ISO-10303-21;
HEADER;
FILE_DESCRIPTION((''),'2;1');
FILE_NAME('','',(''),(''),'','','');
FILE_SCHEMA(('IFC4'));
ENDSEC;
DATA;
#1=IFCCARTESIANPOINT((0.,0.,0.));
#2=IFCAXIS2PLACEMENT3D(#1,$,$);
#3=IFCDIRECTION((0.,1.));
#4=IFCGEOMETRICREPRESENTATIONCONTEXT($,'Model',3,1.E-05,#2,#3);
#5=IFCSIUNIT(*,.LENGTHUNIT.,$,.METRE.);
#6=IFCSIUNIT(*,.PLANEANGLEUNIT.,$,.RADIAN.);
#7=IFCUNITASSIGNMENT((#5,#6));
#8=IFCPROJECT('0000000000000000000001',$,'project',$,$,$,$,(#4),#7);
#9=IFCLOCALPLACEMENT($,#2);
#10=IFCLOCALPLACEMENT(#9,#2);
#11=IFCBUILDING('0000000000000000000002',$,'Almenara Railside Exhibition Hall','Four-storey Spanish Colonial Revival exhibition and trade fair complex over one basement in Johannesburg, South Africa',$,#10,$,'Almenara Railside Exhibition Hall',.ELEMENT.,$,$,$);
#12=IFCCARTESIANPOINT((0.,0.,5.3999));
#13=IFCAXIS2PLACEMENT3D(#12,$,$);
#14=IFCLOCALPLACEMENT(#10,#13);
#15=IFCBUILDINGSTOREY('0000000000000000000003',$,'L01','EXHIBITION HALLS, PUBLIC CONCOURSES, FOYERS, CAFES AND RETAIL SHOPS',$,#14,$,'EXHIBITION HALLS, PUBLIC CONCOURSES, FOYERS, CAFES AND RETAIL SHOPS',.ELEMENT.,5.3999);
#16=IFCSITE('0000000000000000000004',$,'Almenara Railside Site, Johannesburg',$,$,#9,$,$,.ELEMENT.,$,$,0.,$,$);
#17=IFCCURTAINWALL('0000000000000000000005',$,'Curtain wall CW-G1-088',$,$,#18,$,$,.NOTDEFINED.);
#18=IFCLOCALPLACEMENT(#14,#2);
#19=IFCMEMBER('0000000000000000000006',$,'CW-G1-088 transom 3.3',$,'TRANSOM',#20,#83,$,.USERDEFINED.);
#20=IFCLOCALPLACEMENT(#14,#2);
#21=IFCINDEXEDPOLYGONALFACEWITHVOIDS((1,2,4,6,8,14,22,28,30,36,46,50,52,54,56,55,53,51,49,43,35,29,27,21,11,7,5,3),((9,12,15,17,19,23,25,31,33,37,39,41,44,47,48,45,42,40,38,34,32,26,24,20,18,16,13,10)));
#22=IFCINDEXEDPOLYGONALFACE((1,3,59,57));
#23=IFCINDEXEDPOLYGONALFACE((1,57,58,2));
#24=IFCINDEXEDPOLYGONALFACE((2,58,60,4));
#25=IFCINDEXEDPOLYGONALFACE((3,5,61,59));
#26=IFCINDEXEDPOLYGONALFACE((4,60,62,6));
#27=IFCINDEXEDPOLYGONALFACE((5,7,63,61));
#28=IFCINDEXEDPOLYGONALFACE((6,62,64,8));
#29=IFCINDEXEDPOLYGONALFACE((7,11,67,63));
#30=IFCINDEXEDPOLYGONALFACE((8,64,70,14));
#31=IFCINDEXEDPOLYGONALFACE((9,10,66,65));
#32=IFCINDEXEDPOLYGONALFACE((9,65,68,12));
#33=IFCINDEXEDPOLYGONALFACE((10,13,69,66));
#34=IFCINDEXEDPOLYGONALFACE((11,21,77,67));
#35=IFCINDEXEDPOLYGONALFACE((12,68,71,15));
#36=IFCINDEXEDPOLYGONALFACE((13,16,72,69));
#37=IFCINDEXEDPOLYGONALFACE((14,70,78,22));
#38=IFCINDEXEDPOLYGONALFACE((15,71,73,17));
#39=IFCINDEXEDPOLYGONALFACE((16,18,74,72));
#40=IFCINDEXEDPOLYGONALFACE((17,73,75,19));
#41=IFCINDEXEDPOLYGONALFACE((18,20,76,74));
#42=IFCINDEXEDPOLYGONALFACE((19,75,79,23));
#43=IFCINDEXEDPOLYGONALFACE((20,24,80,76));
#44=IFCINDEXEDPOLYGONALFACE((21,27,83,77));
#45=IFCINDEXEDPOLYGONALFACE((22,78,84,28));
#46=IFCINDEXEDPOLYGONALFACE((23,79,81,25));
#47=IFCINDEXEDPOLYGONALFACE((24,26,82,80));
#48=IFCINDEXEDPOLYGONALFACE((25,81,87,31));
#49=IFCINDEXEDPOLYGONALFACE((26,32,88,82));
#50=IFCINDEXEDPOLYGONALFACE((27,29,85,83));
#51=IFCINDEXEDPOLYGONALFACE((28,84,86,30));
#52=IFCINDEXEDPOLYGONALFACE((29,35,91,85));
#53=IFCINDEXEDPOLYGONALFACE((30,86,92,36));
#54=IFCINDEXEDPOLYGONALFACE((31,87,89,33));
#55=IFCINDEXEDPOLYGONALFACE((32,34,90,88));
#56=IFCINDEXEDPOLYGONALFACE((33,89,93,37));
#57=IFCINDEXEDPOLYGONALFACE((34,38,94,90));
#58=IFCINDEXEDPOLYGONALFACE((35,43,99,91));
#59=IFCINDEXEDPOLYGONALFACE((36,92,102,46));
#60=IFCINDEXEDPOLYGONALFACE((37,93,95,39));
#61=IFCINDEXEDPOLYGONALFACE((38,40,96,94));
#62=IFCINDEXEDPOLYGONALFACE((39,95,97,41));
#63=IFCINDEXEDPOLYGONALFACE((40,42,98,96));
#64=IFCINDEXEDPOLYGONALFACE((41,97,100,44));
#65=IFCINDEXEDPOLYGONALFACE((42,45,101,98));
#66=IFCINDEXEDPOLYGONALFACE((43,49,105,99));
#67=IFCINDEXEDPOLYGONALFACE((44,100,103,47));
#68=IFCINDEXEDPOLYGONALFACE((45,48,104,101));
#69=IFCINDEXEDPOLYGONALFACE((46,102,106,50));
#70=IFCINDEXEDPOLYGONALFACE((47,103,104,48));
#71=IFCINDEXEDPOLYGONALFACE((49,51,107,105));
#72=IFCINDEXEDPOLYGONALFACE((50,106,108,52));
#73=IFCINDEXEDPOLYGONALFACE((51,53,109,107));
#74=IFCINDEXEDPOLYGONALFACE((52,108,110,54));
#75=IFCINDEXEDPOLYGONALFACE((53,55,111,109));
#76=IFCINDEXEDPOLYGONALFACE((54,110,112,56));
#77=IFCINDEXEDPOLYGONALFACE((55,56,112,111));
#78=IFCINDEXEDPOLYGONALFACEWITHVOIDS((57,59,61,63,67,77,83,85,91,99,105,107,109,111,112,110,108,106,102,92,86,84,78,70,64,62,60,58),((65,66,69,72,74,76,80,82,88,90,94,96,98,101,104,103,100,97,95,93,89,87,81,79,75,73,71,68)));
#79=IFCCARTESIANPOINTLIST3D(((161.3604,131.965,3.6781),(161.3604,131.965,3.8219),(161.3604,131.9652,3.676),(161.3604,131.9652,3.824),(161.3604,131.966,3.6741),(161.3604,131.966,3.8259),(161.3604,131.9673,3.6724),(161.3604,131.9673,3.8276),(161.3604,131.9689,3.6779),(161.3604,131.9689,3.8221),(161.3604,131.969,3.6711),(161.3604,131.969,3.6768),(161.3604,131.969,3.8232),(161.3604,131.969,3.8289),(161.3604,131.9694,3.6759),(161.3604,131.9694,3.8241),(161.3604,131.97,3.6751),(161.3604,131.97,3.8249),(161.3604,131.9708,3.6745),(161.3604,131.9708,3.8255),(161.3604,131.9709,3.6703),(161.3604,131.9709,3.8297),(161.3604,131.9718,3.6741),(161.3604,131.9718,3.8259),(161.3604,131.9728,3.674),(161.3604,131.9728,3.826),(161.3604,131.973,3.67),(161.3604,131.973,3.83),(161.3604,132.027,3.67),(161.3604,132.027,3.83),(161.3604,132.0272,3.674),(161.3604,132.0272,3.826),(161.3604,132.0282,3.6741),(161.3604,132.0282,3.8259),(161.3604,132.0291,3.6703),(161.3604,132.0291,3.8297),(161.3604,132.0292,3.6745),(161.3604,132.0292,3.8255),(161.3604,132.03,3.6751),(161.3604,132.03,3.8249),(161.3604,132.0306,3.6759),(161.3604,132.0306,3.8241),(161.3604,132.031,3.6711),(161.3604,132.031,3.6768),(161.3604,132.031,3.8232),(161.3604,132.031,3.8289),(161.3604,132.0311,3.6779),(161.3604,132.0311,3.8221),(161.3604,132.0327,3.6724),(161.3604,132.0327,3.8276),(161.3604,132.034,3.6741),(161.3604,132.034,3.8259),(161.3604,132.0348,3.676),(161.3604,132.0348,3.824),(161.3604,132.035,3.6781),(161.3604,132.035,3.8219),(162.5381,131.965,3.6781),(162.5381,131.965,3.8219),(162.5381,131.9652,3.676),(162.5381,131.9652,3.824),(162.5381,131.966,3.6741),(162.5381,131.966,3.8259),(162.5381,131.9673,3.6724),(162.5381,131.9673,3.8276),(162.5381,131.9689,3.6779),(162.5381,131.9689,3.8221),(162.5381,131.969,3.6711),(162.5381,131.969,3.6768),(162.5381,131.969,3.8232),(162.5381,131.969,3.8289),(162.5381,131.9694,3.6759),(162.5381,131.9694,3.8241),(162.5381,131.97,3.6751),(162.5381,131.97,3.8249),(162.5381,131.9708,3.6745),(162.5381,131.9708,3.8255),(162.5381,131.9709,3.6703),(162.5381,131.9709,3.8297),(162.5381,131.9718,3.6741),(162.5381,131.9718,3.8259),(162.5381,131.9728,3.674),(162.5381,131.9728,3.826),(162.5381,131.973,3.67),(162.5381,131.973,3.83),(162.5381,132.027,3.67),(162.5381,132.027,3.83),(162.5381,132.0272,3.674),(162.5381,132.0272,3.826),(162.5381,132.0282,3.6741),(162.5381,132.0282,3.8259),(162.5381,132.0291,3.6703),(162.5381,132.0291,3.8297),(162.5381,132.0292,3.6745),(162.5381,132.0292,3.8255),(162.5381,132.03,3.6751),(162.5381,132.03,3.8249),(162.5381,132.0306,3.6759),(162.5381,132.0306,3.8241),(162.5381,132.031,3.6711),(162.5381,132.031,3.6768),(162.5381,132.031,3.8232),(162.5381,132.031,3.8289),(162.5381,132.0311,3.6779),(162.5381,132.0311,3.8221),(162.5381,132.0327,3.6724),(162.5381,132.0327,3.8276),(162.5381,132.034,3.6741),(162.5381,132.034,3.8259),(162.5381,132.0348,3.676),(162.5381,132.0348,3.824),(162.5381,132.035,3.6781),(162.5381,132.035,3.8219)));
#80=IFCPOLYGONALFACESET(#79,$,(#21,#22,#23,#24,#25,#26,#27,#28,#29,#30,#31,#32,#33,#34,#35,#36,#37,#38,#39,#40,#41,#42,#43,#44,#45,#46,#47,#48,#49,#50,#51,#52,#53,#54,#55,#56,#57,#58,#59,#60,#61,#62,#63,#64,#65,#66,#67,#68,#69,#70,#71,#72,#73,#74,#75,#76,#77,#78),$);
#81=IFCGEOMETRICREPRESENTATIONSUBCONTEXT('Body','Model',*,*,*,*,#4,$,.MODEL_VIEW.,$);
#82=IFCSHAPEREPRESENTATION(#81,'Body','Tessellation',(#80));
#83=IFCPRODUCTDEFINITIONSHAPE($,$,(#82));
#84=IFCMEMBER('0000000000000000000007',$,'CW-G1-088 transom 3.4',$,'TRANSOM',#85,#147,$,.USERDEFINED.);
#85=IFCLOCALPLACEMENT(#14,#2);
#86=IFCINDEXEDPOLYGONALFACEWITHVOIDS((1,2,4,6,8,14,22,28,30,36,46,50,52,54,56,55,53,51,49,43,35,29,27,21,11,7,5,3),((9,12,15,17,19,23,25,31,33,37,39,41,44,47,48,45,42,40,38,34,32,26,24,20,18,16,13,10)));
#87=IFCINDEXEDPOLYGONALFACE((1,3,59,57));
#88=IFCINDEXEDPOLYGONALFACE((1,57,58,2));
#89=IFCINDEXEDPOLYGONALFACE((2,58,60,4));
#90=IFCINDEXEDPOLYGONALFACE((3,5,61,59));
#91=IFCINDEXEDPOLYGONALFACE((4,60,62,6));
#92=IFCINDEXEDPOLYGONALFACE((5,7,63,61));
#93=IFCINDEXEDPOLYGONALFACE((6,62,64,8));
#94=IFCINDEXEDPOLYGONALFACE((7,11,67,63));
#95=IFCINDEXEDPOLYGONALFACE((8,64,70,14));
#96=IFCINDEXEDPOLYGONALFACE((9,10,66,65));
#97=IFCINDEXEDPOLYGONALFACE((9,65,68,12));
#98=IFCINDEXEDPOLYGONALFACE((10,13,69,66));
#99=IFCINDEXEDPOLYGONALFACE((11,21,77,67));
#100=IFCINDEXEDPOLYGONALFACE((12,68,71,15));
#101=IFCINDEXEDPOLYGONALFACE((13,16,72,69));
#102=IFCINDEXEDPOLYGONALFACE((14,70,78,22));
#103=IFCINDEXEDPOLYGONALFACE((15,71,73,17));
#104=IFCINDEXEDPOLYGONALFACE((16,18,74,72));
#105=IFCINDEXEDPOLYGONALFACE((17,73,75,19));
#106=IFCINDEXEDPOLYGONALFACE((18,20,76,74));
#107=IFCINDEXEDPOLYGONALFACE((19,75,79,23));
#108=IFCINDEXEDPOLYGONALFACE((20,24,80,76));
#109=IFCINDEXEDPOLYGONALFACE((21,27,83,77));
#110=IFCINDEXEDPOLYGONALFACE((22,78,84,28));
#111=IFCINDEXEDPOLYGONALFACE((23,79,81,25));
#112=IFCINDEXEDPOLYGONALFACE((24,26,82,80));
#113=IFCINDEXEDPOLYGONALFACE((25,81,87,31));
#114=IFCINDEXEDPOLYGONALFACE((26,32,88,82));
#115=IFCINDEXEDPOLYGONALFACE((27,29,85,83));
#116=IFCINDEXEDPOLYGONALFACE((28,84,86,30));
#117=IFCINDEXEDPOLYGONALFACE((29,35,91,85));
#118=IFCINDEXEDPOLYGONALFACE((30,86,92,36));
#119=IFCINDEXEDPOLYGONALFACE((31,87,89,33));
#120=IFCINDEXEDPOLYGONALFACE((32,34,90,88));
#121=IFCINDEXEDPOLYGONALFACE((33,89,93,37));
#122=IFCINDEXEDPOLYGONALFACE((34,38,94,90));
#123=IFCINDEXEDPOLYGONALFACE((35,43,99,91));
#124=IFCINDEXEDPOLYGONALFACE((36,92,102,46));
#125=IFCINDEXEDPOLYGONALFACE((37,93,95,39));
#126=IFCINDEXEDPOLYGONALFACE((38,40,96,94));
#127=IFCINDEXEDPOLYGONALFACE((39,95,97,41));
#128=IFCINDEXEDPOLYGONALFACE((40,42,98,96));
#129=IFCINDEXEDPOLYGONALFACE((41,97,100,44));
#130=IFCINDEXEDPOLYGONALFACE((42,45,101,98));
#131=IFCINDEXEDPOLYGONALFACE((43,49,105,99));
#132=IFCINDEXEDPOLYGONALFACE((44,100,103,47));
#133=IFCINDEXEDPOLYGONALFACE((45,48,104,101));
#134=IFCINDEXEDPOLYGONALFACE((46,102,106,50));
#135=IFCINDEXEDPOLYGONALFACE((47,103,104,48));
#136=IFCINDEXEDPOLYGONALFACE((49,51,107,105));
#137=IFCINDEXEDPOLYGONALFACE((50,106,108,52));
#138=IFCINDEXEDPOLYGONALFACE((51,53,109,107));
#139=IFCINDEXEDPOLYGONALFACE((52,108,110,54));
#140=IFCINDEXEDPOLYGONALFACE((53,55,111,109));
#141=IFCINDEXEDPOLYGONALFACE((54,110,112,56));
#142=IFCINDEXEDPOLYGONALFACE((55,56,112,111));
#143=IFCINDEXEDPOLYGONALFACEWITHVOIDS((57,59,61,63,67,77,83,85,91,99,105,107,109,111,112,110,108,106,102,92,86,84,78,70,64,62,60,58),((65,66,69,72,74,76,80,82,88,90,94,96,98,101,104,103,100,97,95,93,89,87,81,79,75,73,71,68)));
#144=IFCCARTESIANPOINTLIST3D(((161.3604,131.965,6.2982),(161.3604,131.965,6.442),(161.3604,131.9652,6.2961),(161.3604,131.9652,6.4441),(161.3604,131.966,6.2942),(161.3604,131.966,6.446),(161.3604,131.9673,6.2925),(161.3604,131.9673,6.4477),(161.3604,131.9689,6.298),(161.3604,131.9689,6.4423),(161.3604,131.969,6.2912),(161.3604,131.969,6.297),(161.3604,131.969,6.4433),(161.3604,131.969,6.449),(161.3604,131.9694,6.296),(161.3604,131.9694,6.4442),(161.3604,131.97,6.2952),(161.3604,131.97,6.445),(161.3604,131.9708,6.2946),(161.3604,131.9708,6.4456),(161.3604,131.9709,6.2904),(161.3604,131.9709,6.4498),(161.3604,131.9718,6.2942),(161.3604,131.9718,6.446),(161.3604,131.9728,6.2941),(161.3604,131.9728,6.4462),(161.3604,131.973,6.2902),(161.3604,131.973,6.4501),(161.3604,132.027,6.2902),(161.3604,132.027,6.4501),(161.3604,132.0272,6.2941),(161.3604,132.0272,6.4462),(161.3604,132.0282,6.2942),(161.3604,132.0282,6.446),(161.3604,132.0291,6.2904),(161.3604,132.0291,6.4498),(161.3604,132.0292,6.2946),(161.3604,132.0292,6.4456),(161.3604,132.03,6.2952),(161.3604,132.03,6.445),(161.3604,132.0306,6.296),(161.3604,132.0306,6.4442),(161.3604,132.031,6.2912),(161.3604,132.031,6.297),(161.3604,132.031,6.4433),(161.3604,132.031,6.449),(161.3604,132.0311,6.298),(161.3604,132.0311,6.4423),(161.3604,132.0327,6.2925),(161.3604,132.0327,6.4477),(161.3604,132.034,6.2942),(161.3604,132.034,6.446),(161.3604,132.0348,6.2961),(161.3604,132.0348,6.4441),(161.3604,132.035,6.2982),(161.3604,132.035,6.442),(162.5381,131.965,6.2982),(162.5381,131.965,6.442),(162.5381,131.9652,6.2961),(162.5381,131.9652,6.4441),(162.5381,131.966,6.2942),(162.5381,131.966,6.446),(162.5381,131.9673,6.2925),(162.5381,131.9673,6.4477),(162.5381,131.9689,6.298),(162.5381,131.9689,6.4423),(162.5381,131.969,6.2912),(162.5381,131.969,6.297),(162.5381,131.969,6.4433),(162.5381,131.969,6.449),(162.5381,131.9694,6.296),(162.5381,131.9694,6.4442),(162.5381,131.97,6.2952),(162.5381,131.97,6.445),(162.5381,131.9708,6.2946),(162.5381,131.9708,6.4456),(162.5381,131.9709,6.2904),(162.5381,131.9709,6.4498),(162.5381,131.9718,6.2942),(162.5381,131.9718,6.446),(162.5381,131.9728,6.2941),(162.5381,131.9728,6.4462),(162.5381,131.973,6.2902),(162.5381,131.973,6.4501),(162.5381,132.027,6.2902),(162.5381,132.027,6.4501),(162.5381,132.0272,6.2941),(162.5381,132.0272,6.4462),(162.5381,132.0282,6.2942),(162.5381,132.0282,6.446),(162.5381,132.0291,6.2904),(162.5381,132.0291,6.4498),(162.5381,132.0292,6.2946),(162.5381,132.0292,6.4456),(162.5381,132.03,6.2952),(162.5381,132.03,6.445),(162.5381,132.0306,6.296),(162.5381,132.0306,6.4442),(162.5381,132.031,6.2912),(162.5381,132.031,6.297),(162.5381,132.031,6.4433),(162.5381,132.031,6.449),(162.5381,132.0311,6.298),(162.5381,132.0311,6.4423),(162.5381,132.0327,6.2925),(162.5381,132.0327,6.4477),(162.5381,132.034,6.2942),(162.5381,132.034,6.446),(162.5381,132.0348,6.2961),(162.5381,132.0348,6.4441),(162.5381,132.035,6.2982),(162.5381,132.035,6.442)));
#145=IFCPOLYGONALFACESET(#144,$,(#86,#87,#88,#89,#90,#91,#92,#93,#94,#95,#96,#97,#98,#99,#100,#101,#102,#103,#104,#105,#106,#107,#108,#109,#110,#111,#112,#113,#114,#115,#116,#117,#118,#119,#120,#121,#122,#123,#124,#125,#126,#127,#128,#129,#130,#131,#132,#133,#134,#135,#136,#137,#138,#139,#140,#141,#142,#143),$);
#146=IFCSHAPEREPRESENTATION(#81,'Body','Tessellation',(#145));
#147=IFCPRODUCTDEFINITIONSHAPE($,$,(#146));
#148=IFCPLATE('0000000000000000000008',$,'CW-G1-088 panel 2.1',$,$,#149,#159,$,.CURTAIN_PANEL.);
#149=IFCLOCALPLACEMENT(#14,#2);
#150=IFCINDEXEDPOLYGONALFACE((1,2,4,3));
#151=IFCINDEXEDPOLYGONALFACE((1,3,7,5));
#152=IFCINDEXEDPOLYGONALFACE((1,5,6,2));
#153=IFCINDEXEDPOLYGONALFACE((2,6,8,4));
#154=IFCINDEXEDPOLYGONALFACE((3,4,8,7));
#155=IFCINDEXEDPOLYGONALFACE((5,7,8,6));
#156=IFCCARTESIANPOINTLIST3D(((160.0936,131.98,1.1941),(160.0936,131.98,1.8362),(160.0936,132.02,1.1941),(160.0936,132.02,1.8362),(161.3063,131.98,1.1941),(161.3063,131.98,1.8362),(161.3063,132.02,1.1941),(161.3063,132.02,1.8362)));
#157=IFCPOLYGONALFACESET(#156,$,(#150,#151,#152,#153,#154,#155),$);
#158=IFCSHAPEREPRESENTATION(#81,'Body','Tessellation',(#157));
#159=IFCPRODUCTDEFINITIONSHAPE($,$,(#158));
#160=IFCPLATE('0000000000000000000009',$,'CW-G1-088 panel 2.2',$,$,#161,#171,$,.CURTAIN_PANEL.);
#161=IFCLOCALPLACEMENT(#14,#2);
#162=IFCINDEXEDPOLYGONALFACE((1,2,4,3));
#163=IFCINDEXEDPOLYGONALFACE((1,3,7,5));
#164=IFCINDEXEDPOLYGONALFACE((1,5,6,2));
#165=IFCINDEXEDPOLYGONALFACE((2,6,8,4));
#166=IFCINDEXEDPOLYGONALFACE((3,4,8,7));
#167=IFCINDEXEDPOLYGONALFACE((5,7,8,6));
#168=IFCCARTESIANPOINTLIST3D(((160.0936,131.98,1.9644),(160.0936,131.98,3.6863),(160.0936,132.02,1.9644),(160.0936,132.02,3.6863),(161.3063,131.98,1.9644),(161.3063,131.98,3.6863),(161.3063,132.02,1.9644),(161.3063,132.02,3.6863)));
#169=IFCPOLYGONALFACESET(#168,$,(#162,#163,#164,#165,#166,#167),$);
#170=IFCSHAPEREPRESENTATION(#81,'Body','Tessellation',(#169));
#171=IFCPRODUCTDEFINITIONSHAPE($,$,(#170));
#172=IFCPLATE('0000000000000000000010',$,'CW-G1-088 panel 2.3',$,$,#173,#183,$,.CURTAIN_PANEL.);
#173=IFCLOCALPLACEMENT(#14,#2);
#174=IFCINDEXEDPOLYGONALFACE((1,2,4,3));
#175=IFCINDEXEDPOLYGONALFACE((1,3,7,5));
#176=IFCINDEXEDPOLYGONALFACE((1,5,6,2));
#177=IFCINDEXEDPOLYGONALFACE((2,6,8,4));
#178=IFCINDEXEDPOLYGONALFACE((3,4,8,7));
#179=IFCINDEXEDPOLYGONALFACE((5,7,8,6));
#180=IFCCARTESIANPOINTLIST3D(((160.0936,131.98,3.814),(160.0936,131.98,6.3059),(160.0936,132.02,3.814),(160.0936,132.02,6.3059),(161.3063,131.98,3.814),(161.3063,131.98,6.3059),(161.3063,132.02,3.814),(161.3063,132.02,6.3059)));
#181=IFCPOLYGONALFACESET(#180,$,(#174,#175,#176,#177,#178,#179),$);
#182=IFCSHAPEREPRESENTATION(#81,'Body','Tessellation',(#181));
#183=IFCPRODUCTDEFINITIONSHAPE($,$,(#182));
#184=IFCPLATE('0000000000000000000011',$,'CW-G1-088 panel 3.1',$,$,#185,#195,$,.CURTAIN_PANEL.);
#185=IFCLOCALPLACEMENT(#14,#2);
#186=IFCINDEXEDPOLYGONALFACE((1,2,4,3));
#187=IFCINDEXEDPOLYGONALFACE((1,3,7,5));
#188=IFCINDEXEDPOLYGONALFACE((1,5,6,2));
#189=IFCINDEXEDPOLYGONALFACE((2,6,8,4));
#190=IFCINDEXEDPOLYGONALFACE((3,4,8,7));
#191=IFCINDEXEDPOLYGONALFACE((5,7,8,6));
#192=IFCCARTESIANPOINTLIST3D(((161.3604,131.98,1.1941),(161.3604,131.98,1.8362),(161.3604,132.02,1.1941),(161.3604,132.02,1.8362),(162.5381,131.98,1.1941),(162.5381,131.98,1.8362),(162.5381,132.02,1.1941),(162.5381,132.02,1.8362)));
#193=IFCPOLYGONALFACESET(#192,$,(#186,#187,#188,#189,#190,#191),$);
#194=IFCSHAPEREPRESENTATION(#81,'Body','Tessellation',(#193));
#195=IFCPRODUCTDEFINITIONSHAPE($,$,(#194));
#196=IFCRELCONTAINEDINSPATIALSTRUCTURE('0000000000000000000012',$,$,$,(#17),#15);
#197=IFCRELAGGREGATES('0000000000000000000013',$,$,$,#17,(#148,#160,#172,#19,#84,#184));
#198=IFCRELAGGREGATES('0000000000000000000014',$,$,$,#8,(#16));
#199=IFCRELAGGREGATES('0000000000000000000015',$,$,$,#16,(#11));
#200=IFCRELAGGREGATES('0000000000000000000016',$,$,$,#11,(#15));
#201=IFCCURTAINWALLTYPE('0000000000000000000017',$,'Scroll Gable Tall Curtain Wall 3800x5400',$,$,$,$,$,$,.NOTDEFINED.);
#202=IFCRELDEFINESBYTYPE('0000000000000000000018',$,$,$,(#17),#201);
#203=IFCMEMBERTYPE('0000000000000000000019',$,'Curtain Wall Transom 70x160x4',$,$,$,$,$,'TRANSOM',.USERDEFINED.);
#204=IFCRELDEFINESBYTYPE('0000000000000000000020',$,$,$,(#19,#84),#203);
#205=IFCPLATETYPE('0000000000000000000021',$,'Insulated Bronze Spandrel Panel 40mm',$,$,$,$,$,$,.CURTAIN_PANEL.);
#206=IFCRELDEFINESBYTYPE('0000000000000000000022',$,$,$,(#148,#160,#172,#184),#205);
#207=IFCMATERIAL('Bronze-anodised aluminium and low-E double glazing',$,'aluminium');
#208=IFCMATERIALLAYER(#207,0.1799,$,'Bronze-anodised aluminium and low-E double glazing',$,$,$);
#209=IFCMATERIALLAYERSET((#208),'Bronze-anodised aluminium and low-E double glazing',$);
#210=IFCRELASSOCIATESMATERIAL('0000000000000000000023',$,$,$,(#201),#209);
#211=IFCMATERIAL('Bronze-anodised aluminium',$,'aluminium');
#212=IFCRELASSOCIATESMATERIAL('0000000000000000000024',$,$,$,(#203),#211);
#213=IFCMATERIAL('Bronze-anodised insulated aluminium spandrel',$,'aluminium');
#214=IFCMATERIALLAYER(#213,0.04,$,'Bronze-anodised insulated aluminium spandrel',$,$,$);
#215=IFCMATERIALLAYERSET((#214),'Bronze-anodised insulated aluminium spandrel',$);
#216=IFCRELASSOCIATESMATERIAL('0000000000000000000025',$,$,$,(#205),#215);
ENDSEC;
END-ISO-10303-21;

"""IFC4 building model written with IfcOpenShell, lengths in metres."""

from ifc_helpers import new_model, si_unit, direction, frame, origin, origin_2d, place, context, subcontext, project, spatial, rectangle, hollow_rectangle, extrude, material, layer, layer_set, material_profile, profile_set, type_object, element, aggregate, save


model = new_model("IFC4")

# Units and contexts
model_context = context("Model", 3, precision=1e-05, world=origin(), true_north=direction((0.0, 1.0)))
body_context = subcontext(model_context, "Body", "Model", "MODEL_VIEW")
ifc_project = project(units=[si_unit("LENGTHUNIT", "METRE"), si_unit("PLANEANGLEUNIT", "RADIAN")], contexts=[model_context])

# Site, building, storey
site_placement = place(None, origin())
site = spatial("IfcSite", under=ifc_project, at=site_placement, Name="Almenara Railside Site, Johannesburg", CompositionType="ELEMENT", RefElevation=0.0)
building_placement = place(site_placement, origin())
building = spatial("IfcBuilding", under=site, at=building_placement, Name="Almenara Railside Exhibition Hall", Description="Four-storey Spanish Colonial Revival exhibition and trade fair complex over one basement in Johannesburg, South Africa", LongName="Almenara Railside Exhibition Hall", CompositionType="ELEMENT")
storey_placement = place(building_placement, frame((0.0, 0.0, 5.3999)))
storey = spatial("IfcBuildingStorey", under=building, at=storey_placement, Name="L01", Description="EXHIBITION HALLS, PUBLIC CONCOURSES, FOYERS, CAFES AND RETAIL SHOPS", LongName="EXHIBITION HALLS, PUBLIC CONCOURSES, FOYERS, CAFES AND RETAIL SHOPS", CompositionType="ELEMENT", Elevation=5.3999)

# Shared definitions
ifc_material_1 = material(Name="Bronze-anodised aluminium and low-E double glazing", Category="aluminium")
ifc_layer_1 = layer(ifc_material_1, 0.1799, Name="Bronze-anodised aluminium and low-E double glazing")
ifc_layer_set_1 = layer_set([ifc_layer_1], Name="Bronze-anodised aluminium and low-E double glazing")
curtain_wall_type = type_object("IfcCurtainWallType", Name="Scroll Gable Tall Curtain Wall 3800x5400", PredefinedType="NOTDEFINED", material=ifc_layer_set_1)
ifc_material_2 = material(Name="Bronze-anodised aluminium", Category="aluminium")

# Curtain wall
curtain_wall_1_placement = place(storey_placement, origin())
curtain_wall_1 = element("IfcCurtainWall", 1, at=curtain_wall_1_placement, inside=storey, type_object=curtain_wall_type, Name="Curtain wall CW-G1-088", PredefinedType="NOTDEFINED")

# Members
ifc_material_profile_1 = material_profile(ifc_material_2, hollow_rectangle(XDim=0.0701, YDim=0.1599, WallThickness=0.0039, InnerFilletRadius=0.0039, OuterFilletRadius=0.0081, at=origin_2d()), Name="ALU-TRN 70x160x4")
ifc_profile_set_1 = profile_set([ifc_material_profile_1], Name="Bronze-anodised aluminium")
member_type_1 = type_object("IfcMemberType", Name="Curtain Wall Transom 70x160x4", ElementType="TRANSOM", PredefinedType="USERDEFINED", material=ifc_profile_set_1)
member_1_placement = place(storey_placement, frame((161.3604, 132.0, 3.75), z_axis=(1.0, 0.0, 0.0), x_axis=(0.0, 1.0, 0.0)))
member_1 = element("IfcMember", 2, at=member_1_placement, type_object=member_type_1, Name="CW-G1-088 transom 3.3", ObjectType="TRANSOM", PredefinedType="USERDEFINED", context=body_context, shape_type="SweptSolid", body=[
    extrude(hollow_rectangle(XDim=0.0701, YDim=0.1599, WallThickness=0.0039, InnerFilletRadius=0.0039, OuterFilletRadius=0.0081, at=origin_2d()), origin(), (0.0, 0.0, 1.0), 1.1777),
])
member_2_placement = place(storey_placement, frame((161.3604, 132.0, 6.3701), z_axis=(1.0, 0.0, 0.0), x_axis=(0.0, 1.0, 0.0)))
member_2 = element("IfcMember", 3, at=member_2_placement, type_object=member_type_1, Name="CW-G1-088 transom 3.4", ObjectType="TRANSOM", PredefinedType="USERDEFINED", context=body_context, shape_type="SweptSolid", body=[
    extrude(hollow_rectangle(XDim=0.0701, YDim=0.1599, WallThickness=0.0039, InnerFilletRadius=0.0039, OuterFilletRadius=0.0081, at=origin_2d()), origin(), (0.0, 0.0, 1.0), 1.1777),
])

# Plates
ifc_material_3 = material(Name="Bronze-anodised insulated aluminium spandrel", Category="aluminium")
ifc_layer_2 = layer(ifc_material_3, 0.04, Name="Bronze-anodised insulated aluminium spandrel")
ifc_layer_set_2 = layer_set([ifc_layer_2], Name="Bronze-anodised insulated aluminium spandrel")
plate_type_1 = type_object("IfcPlateType", Name="Insulated Bronze Spandrel Panel 40mm", PredefinedType="CURTAIN_PANEL", material=ifc_layer_set_2)
plate_1_placement = place(storey_placement, frame((160.7, 132.0, 1.1941), z_axis=(0.0, 0.0, 1.0), x_axis=(1.0, 0.0, 0.0)))
plate_1 = element("IfcPlate", 4, at=plate_1_placement, type_object=plate_type_1, Name="CW-G1-088 panel 2.1", PredefinedType="CURTAIN_PANEL", context=body_context, shape_type="SweptSolid", body=[
    extrude(rectangle(XDim=1.2126, YDim=0.04, at=origin_2d()), origin(), (0.0, 0.0, 1.0), 0.6421),
])
plate_2_placement = place(storey_placement, frame((160.7, 132.0, 1.9644), z_axis=(0.0, 0.0, 1.0), x_axis=(1.0, 0.0, 0.0)))
plate_2 = element("IfcPlate", 5, at=plate_2_placement, type_object=plate_type_1, Name="CW-G1-088 panel 2.2", PredefinedType="CURTAIN_PANEL", context=body_context, shape_type="SweptSolid", body=[
    extrude(rectangle(XDim=1.2126, YDim=0.04, at=origin_2d()), origin(), (0.0, 0.0, 1.0), 1.7219),
])
plate_3_placement = place(storey_placement, frame((160.7, 132.0, 3.814), z_axis=(0.0, 0.0, 1.0), x_axis=(1.0, 0.0, 0.0)))
plate_3 = element("IfcPlate", 6, at=plate_3_placement, type_object=plate_type_1, Name="CW-G1-088 panel 2.3", PredefinedType="CURTAIN_PANEL", context=body_context, shape_type="SweptSolid", body=[
    extrude(rectangle(XDim=1.2126, YDim=0.04, at=origin_2d()), origin(), (0.0, 0.0, 1.0), 2.4919),
])
plate_4_placement = place(storey_placement, frame((161.9492, 132.0, 1.1941), z_axis=(0.0, 0.0, 1.0), x_axis=(1.0, 0.0, 0.0)))
plate_4 = element("IfcPlate", 7, at=plate_4_placement, type_object=plate_type_1, Name="CW-G1-088 panel 3.1", PredefinedType="CURTAIN_PANEL", context=body_context, shape_type="SweptSolid", body=[
    extrude(rectangle(XDim=1.1777, YDim=0.04, at=origin_2d()), origin(), (0.0, 0.0, 1.0), 0.6421),
])
aggregate(curtain_wall_1, [plate_1, plate_2, plate_3, member_1, member_2, plate_4])

save(model, "model.ifc")
